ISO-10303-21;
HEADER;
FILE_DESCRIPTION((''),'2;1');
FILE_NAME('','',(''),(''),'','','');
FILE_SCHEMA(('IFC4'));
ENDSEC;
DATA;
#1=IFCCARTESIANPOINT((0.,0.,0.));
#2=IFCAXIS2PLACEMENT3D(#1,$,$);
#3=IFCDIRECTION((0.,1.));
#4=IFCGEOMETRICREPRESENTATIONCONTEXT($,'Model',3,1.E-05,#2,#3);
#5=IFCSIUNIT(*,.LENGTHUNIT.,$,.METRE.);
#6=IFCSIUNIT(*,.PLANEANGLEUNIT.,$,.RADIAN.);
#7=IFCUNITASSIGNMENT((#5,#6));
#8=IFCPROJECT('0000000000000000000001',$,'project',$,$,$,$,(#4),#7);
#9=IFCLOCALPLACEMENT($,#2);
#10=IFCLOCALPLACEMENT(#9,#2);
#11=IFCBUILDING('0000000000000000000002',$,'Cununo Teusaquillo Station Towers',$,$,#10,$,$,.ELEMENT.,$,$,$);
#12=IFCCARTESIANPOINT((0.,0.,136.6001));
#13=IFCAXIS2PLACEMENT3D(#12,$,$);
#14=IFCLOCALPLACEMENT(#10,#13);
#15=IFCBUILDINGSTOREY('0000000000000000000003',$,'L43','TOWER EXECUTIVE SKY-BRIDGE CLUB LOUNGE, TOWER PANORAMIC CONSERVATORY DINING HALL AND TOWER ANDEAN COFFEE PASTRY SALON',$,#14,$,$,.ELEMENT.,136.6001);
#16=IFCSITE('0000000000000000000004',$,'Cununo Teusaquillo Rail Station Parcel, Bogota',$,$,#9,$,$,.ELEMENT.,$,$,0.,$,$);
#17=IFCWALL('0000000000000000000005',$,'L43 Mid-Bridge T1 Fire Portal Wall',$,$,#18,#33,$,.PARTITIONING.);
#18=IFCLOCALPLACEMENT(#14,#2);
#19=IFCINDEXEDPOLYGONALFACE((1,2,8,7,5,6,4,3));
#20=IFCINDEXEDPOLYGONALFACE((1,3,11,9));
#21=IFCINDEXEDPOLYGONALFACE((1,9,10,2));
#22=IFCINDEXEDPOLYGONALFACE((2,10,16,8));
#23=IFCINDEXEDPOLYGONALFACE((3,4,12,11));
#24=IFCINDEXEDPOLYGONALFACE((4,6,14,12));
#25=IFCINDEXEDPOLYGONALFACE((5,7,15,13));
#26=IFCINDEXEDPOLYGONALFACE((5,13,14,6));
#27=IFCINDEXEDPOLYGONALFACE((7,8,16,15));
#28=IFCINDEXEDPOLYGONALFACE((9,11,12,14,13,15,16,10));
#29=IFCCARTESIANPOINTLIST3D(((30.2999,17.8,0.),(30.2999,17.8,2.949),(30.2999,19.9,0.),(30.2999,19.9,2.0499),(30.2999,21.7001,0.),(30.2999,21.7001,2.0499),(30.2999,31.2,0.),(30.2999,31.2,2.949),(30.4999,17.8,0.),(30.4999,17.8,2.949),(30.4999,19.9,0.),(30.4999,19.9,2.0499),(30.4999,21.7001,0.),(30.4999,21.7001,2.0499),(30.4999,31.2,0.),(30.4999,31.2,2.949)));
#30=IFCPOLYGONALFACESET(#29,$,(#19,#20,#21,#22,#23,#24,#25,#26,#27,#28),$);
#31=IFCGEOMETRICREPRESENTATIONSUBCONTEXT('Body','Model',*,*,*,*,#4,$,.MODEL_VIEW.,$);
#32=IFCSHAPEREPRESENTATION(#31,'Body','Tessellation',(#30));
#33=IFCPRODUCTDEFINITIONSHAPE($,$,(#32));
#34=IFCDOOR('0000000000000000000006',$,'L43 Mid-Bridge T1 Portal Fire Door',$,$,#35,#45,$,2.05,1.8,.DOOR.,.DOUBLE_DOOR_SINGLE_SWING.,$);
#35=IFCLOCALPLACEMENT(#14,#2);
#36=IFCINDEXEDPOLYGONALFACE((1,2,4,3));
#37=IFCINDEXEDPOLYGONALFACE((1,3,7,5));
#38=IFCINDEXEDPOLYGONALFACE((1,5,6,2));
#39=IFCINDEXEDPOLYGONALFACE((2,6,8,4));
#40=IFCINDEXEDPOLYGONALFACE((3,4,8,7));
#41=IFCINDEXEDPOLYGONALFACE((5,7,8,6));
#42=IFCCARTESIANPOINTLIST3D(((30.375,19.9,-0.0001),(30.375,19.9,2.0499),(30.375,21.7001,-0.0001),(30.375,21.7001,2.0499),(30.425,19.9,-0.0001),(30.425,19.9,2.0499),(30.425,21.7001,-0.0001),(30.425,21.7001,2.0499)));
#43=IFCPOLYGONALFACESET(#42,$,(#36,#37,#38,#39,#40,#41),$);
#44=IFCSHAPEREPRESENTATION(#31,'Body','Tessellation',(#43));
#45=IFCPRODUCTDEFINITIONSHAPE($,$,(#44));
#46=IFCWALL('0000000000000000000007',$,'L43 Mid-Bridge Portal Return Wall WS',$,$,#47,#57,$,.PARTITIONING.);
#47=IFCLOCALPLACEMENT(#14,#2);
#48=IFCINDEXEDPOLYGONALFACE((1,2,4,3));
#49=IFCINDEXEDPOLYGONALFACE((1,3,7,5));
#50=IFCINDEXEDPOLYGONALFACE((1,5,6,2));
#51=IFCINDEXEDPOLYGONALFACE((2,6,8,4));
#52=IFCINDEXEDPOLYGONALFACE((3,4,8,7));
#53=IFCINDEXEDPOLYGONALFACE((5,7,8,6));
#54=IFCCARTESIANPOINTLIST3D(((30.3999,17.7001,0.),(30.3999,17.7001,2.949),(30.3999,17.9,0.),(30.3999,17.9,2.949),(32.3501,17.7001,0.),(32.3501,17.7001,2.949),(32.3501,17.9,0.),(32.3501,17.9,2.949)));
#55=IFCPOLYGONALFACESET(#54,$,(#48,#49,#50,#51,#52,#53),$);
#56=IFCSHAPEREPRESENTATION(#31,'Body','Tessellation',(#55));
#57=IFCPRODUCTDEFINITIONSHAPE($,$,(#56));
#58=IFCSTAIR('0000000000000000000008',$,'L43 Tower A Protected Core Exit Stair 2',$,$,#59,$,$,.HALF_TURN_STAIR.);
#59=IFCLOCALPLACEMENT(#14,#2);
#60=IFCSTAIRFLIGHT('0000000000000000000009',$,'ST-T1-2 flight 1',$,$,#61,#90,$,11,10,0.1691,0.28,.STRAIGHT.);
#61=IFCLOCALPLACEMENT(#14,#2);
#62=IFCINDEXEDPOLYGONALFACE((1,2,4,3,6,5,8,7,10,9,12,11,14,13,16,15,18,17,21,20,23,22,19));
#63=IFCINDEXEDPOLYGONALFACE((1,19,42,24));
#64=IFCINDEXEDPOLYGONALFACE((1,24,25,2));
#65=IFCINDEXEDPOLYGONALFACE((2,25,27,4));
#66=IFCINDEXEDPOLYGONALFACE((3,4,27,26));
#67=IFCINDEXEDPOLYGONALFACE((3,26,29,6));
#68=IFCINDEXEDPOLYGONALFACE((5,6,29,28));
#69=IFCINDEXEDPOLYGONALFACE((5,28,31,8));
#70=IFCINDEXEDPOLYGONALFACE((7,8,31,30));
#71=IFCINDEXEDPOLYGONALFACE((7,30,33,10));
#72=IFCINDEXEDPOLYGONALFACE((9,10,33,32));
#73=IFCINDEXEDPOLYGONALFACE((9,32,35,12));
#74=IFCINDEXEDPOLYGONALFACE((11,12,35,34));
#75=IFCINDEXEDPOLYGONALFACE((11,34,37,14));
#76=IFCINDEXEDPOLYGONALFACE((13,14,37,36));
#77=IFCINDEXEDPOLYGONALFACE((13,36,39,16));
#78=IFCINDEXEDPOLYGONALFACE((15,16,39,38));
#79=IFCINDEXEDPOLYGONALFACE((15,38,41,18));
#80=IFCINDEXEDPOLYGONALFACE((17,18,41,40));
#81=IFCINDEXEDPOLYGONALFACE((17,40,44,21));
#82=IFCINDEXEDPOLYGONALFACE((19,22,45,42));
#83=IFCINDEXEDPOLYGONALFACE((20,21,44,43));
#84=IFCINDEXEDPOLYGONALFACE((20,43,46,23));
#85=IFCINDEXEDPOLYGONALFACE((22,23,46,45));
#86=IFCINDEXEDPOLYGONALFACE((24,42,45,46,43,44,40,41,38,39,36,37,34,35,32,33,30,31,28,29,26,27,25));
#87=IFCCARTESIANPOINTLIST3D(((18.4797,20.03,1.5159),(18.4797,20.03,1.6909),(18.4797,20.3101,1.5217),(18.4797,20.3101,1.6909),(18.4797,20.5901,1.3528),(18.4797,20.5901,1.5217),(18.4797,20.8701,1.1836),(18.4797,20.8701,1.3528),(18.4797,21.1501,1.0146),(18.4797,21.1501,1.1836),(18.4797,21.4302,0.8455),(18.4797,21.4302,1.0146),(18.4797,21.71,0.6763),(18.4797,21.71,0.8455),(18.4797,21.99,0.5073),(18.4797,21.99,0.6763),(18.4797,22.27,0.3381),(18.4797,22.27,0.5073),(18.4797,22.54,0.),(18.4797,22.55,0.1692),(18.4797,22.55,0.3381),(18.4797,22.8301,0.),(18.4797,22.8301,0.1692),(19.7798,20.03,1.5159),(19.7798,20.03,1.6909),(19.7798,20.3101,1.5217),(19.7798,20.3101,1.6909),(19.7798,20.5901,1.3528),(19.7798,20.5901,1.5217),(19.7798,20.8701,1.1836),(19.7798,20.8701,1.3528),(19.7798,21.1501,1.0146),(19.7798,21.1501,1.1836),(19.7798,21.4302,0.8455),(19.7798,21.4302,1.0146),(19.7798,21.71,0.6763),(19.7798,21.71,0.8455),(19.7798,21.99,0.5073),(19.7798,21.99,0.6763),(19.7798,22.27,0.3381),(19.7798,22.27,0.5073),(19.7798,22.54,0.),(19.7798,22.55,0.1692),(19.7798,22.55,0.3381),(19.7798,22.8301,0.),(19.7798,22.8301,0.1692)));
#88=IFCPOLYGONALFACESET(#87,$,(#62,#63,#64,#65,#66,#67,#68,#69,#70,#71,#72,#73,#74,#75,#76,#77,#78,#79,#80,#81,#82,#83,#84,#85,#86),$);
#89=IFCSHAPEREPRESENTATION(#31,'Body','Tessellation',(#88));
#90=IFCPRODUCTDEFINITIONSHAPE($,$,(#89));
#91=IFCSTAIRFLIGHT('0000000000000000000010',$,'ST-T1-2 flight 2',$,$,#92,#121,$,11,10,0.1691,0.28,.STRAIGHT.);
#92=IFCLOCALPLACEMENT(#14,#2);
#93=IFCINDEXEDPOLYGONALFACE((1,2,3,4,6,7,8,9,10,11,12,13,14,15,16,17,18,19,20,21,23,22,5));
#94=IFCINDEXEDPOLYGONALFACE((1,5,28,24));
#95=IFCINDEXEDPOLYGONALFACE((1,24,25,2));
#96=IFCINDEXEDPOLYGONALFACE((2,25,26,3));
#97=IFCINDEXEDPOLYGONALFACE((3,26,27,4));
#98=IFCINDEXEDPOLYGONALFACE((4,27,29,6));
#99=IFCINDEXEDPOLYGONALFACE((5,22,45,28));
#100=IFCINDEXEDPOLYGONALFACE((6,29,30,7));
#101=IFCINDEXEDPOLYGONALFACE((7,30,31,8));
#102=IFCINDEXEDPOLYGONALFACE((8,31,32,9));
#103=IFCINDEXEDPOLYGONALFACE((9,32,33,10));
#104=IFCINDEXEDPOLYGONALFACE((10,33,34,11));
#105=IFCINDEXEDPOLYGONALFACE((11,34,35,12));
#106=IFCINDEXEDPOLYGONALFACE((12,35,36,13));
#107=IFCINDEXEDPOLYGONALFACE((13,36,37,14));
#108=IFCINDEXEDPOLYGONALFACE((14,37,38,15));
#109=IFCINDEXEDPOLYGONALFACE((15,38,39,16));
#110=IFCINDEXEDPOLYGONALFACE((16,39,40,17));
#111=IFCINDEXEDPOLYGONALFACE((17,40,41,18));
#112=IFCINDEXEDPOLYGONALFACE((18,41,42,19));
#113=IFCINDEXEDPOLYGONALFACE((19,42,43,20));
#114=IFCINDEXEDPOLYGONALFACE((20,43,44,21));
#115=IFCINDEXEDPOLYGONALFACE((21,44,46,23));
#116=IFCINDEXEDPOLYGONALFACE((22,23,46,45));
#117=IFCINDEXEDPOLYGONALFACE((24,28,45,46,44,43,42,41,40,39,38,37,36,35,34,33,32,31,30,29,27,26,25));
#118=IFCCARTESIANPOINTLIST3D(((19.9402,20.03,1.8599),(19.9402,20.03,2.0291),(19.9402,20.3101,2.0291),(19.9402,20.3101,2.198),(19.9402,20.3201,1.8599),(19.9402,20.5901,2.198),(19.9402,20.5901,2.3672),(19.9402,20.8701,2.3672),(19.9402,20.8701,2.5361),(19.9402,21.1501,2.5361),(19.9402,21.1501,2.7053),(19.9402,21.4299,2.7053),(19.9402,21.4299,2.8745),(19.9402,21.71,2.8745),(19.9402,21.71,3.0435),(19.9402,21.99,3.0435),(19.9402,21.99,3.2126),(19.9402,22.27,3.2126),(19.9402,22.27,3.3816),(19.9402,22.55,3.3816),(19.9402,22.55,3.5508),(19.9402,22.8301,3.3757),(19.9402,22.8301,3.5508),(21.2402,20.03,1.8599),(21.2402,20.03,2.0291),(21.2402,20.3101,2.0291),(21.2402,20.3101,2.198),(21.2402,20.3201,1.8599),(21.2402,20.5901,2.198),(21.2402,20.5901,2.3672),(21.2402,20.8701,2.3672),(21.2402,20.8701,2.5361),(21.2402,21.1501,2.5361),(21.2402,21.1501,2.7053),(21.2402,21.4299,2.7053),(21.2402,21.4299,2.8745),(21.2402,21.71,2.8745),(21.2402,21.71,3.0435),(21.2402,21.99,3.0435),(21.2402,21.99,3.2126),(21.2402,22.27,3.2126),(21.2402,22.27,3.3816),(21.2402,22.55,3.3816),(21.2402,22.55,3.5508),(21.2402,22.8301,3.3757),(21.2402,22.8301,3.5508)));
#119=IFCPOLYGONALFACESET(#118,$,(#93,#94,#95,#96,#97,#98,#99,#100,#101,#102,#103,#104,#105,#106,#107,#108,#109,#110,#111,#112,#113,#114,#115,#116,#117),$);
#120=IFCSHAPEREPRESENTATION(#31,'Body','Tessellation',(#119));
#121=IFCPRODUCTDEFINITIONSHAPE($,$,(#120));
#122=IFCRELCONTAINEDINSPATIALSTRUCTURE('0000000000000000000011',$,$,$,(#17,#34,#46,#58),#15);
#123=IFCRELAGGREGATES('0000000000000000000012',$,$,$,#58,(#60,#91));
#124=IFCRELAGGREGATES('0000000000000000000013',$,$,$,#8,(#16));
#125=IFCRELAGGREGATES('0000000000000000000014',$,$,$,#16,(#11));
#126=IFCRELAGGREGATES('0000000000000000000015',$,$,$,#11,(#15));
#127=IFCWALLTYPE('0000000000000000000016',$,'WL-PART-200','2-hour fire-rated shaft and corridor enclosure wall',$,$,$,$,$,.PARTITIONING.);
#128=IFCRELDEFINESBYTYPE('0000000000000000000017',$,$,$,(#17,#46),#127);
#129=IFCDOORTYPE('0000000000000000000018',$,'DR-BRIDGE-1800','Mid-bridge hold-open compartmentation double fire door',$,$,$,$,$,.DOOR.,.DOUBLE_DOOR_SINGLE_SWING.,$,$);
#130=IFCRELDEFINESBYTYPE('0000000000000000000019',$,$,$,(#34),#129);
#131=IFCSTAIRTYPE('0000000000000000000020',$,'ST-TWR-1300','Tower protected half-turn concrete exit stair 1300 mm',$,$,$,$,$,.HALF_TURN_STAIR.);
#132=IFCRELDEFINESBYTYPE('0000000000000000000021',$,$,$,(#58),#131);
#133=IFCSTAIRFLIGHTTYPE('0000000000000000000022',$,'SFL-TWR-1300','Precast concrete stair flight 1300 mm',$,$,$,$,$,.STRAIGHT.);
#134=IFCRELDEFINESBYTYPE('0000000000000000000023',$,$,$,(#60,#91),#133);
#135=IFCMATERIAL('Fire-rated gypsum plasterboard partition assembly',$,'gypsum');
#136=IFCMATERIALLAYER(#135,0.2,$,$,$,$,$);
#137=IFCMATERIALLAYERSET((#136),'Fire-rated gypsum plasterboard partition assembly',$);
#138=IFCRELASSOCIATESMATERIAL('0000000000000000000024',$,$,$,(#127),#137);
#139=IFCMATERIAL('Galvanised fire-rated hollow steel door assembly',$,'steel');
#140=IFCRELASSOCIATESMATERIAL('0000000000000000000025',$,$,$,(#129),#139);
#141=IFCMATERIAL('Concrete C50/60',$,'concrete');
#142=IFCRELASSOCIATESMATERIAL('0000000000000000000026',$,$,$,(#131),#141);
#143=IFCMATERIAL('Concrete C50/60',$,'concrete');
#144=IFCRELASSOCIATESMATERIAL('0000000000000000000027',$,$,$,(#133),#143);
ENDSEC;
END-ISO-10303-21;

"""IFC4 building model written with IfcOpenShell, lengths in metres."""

from ifc_helpers import new_model, si_unit, direction, frame, frame_2d, origin, place, context, subcontext, project, spatial, polyline, rectangle, outline, extrude, source, transform, mapped, material, layer, layer_set, type_object, element, fill, aggregate, save


model = new_model("IFC4")

# Units and contexts
model_context = context("Model", 3, precision=1e-05, world=origin(), true_north=direction((0.0, 1.0)))
body_context = subcontext(model_context, "Body", "Model", "MODEL_VIEW")
ifc_project = project(units=[si_unit("LENGTHUNIT", "METRE"), si_unit("PLANEANGLEUNIT", "RADIAN")], contexts=[model_context])

# Site, building, storey
site_placement = place(None, origin())
site = spatial("IfcSite", under=ifc_project, at=site_placement, Name="Cununo Teusaquillo Rail Station Parcel, Bogota", CompositionType="ELEMENT", RefElevation=0.0)
building_placement = place(site_placement, origin())
building = spatial("IfcBuilding", under=site, at=building_placement, Name="Cununo Teusaquillo Station Towers", CompositionType="ELEMENT")
storey_placement = place(building_placement, frame((0.0, 0.0, 136.6001)))
storey = spatial("IfcBuildingStorey", under=building, at=storey_placement, Name="L43", Description="TOWER EXECUTIVE SKY-BRIDGE CLUB LOUNGE, TOWER PANORAMIC CONSERVATORY DINING HALL AND TOWER ANDEAN COFFEE PASTRY SALON", CompositionType="ELEMENT", Elevation=136.6001)

# Wall, opening, door
ifc_material_1 = material(Name="Fire-rated gypsum plasterboard partition assembly", Category="gypsum")
ifc_layer_1 = layer(ifc_material_1, 0.2)
ifc_layer_set_1 = layer_set([ifc_layer_1], Name="Fire-rated gypsum plasterboard partition assembly")
wall_type_1 = type_object("IfcWallType", Name="WL-PART-200", Description="2-hour fire-rated shaft and corridor enclosure wall", PredefinedType="PARTITIONING", material=ifc_layer_set_1)
wall_1_placement = place(storey_placement, frame((30.3999, 17.8, 0.0), z_axis=(0.0, 0.0, 1.0), x_axis=(0.0, 1.0, 0.0)))
wall_1 = element("IfcWall", 1, at=wall_1_placement, inside=storey, type_object=wall_type_1, Name="L43 Mid-Bridge T1 Fire Portal Wall", PredefinedType="PARTITIONING", context=body_context, shape_type="SweptSolid", body=[
    extrude(rectangle(XDim=13.3999, YDim=0.2, at=frame_2d((6.7, 0.0))), origin(), (0.0, 0.0, 1.0), 2.949),
])
shared_shape_1 = source(origin(), body_context, "Body", "SweptSolid", [
    extrude(rectangle(XDim=1.8, YDim=2.05, at=frame_2d((0.8999, 1.0249))), frame((0.0, 0.1099, 0.0), z_axis=(0.0, -1.0, 0.0), x_axis=(1.0, 0.0, 0.0)), (0.0, 0.0, 1.0), 0.22),
])
opening_1_placement = place(wall_1_placement, frame((2.1001, 0.0, 0.0)))
opening_1 = element("IfcOpeningElement", 2, at=opening_1_placement, cuts=wall_1, PredefinedType="OPENING", context=body_context, shape_type="MappedRepresentation", body=[
    mapped(shared_shape_1, transform((0.0, 0.0, 0.0), x_axis=(1.0, 0.0, 0.0), y_axis=(0.0, 1.0, 0.0), z_axis=(0.0, 0.0, 1.0), scale=1.0)),
])
ifc_material_2 = material(Name="Galvanised fire-rated hollow steel door assembly", Category="steel")
door_type_1 = type_object("IfcDoorType", Name="DR-BRIDGE-1800", Description="Mid-bridge hold-open compartmentation double fire door", OperationType="DOUBLE_DOOR_SINGLE_SWING", PredefinedType="DOOR", material=ifc_material_2)
shared_shape_2 = source(origin(), body_context, "Body", "SweptSolid", [
    extrude(rectangle(XDim=1.8, YDim=2.05, at=frame_2d((0.8999, 1.0249))), frame((0.0, 0.0249, 0.0), z_axis=(0.0, -1.0, 0.0), x_axis=(1.0, 0.0, 0.0)), (0.0, 0.0, 1.0), 0.05),
])
door_1_placement = place(opening_1_placement, origin())
door_1 = element("IfcDoor", 3, at=door_1_placement, inside=storey, type_object=door_type_1, Name="L43 Mid-Bridge T1 Portal Fire Door", OperationType="DOUBLE_DOOR_SINGLE_SWING", OverallHeight=2.05, OverallWidth=1.8, PredefinedType="DOOR", context=body_context, shape_type="MappedRepresentation", body=[
    mapped(shared_shape_2, transform((0.0, 0.0, 0.0), x_axis=(1.0, 0.0, 0.0), y_axis=(0.0, 1.0, 0.0), z_axis=(0.0, 0.0, 1.0), scale=1.0)),
])
fill(opening_1, door_1)

# Wall
wall_2_placement = place(storey_placement, frame((30.3999, 17.8, 0.0), z_axis=(0.0, 0.0, 1.0), x_axis=(1.0, 0.0, 0.0)))
element("IfcWall", 4, at=wall_2_placement, inside=storey, type_object=wall_type_1, Name="L43 Mid-Bridge Portal Return Wall WS", PredefinedType="PARTITIONING", context=body_context, shape_type="SweptSolid", body=[
    extrude(rectangle(XDim=1.9502, YDim=0.2, at=frame_2d((0.9751, 0.0))), origin(), (0.0, 0.0, 1.0), 2.949),
])

# Stair, stair flights
ifc_material_3 = material(Name="Concrete C50/60", Category="concrete")
stair_type = type_object("IfcStairType", Name="ST-TWR-1300", Description="Tower protected half-turn concrete exit stair 1300 mm", PredefinedType="HALF_TURN_STAIR", material=ifc_material_3)
stair_placement = place(storey_placement, origin())
stair = element("IfcStair", 5, at=stair_placement, inside=storey, type_object=stair_type, Name="L43 Tower A Protected Core Exit Stair 2", PredefinedType="HALF_TURN_STAIR")
ifc_material_4 = material(Name="Concrete C50/60", Category="concrete")
stair_flight_type = type_object("IfcStairFlightType", Name="SFL-TWR-1300", Description="Precast concrete stair flight 1300 mm", PredefinedType="STRAIGHT", material=ifc_material_4)
stair_flight_1_placement = place(storey_placement, frame((19.1299, 22.8301, 0.0), z_axis=(0.0, 0.0, 1.0), x_axis=(0.0, -1.0, 0.0)))
stair_flight_1 = element("IfcStairFlight", 6, at=stair_flight_1_placement, type_object=stair_flight_type, Name="ST-T1-2 flight 1", NumberOfRisers=11, NumberOfTreads=10, PredefinedType="STRAIGHT", RiserHeight=0.1691, TreadLength=0.28, context=body_context, shape_type="SweptSolid", body=[
    extrude(outline(polyline([(0.0, 0.0), (0.0, 0.1692), (0.28, 0.1692), (0.28, 0.3381), (0.5601, 0.3381), (0.5601, 0.5073), (0.8401, 0.5073), (0.8401, 0.6763), (1.1201, 0.6763), (1.1201, 0.8455), (1.3999, 0.8455), (1.3999, 1.0146), (1.6799, 1.0146), (1.6799, 1.1836), (1.96, 1.1836), (1.96, 1.3528), (2.24, 1.3528), (2.24, 1.5217), (2.52, 1.5217), (2.52, 1.6909), (2.8, 1.6909), (2.8, 1.8601), (2.8, 1.5159), (0.29, 0.0), (0.0, 0.0)])), frame((0.0, 0.6499, 0.0), z_axis=(0.0, -1.0, 0.0), x_axis=(1.0, 0.0, 0.0)), (0.0, 0.0, 1.0), 1.3),
])
stair_flight_2_placement = place(storey_placement, frame((20.5901, 20.03, 1.8599), z_axis=(0.0, 0.0, 1.0), x_axis=(0.0, 1.0, 0.0)))
stair_flight_2 = element("IfcStairFlight", 7, at=stair_flight_2_placement, type_object=stair_flight_type, Name="ST-T1-2 flight 2", NumberOfRisers=11, NumberOfTreads=10, PredefinedType="STRAIGHT", RiserHeight=0.1691, TreadLength=0.28, context=body_context, shape_type="SweptSolid", body=[
    extrude(outline(polyline([(0.0, 0.0), (0.0, 0.1692), (0.28, 0.1692), (0.28, 0.3381), (0.5601, 0.3381), (0.5601, 0.5073), (0.8401, 0.5073), (0.8401, 0.6763), (1.1201, 0.6763), (1.1201, 0.8455), (1.3999, 0.8455), (1.3999, 1.0146), (1.6799, 1.0146), (1.6799, 1.1836), (1.96, 1.1836), (1.96, 1.3528), (2.24, 1.3528), (2.24, 1.5217), (2.52, 1.5217), (2.52, 1.6909), (2.8, 1.6909), (2.8, 1.8601), (2.8, 1.5159), (0.29, 0.0), (0.0, 0.0)])), frame((0.0, 0.6499, 0.0), z_axis=(0.0, -1.0, 0.0), x_axis=(1.0, 0.0, 0.0)), (0.0, 0.0, 1.0), 1.3),
])
aggregate(stair, [stair_flight_1, stair_flight_2])

save(model, "model.ifc")
